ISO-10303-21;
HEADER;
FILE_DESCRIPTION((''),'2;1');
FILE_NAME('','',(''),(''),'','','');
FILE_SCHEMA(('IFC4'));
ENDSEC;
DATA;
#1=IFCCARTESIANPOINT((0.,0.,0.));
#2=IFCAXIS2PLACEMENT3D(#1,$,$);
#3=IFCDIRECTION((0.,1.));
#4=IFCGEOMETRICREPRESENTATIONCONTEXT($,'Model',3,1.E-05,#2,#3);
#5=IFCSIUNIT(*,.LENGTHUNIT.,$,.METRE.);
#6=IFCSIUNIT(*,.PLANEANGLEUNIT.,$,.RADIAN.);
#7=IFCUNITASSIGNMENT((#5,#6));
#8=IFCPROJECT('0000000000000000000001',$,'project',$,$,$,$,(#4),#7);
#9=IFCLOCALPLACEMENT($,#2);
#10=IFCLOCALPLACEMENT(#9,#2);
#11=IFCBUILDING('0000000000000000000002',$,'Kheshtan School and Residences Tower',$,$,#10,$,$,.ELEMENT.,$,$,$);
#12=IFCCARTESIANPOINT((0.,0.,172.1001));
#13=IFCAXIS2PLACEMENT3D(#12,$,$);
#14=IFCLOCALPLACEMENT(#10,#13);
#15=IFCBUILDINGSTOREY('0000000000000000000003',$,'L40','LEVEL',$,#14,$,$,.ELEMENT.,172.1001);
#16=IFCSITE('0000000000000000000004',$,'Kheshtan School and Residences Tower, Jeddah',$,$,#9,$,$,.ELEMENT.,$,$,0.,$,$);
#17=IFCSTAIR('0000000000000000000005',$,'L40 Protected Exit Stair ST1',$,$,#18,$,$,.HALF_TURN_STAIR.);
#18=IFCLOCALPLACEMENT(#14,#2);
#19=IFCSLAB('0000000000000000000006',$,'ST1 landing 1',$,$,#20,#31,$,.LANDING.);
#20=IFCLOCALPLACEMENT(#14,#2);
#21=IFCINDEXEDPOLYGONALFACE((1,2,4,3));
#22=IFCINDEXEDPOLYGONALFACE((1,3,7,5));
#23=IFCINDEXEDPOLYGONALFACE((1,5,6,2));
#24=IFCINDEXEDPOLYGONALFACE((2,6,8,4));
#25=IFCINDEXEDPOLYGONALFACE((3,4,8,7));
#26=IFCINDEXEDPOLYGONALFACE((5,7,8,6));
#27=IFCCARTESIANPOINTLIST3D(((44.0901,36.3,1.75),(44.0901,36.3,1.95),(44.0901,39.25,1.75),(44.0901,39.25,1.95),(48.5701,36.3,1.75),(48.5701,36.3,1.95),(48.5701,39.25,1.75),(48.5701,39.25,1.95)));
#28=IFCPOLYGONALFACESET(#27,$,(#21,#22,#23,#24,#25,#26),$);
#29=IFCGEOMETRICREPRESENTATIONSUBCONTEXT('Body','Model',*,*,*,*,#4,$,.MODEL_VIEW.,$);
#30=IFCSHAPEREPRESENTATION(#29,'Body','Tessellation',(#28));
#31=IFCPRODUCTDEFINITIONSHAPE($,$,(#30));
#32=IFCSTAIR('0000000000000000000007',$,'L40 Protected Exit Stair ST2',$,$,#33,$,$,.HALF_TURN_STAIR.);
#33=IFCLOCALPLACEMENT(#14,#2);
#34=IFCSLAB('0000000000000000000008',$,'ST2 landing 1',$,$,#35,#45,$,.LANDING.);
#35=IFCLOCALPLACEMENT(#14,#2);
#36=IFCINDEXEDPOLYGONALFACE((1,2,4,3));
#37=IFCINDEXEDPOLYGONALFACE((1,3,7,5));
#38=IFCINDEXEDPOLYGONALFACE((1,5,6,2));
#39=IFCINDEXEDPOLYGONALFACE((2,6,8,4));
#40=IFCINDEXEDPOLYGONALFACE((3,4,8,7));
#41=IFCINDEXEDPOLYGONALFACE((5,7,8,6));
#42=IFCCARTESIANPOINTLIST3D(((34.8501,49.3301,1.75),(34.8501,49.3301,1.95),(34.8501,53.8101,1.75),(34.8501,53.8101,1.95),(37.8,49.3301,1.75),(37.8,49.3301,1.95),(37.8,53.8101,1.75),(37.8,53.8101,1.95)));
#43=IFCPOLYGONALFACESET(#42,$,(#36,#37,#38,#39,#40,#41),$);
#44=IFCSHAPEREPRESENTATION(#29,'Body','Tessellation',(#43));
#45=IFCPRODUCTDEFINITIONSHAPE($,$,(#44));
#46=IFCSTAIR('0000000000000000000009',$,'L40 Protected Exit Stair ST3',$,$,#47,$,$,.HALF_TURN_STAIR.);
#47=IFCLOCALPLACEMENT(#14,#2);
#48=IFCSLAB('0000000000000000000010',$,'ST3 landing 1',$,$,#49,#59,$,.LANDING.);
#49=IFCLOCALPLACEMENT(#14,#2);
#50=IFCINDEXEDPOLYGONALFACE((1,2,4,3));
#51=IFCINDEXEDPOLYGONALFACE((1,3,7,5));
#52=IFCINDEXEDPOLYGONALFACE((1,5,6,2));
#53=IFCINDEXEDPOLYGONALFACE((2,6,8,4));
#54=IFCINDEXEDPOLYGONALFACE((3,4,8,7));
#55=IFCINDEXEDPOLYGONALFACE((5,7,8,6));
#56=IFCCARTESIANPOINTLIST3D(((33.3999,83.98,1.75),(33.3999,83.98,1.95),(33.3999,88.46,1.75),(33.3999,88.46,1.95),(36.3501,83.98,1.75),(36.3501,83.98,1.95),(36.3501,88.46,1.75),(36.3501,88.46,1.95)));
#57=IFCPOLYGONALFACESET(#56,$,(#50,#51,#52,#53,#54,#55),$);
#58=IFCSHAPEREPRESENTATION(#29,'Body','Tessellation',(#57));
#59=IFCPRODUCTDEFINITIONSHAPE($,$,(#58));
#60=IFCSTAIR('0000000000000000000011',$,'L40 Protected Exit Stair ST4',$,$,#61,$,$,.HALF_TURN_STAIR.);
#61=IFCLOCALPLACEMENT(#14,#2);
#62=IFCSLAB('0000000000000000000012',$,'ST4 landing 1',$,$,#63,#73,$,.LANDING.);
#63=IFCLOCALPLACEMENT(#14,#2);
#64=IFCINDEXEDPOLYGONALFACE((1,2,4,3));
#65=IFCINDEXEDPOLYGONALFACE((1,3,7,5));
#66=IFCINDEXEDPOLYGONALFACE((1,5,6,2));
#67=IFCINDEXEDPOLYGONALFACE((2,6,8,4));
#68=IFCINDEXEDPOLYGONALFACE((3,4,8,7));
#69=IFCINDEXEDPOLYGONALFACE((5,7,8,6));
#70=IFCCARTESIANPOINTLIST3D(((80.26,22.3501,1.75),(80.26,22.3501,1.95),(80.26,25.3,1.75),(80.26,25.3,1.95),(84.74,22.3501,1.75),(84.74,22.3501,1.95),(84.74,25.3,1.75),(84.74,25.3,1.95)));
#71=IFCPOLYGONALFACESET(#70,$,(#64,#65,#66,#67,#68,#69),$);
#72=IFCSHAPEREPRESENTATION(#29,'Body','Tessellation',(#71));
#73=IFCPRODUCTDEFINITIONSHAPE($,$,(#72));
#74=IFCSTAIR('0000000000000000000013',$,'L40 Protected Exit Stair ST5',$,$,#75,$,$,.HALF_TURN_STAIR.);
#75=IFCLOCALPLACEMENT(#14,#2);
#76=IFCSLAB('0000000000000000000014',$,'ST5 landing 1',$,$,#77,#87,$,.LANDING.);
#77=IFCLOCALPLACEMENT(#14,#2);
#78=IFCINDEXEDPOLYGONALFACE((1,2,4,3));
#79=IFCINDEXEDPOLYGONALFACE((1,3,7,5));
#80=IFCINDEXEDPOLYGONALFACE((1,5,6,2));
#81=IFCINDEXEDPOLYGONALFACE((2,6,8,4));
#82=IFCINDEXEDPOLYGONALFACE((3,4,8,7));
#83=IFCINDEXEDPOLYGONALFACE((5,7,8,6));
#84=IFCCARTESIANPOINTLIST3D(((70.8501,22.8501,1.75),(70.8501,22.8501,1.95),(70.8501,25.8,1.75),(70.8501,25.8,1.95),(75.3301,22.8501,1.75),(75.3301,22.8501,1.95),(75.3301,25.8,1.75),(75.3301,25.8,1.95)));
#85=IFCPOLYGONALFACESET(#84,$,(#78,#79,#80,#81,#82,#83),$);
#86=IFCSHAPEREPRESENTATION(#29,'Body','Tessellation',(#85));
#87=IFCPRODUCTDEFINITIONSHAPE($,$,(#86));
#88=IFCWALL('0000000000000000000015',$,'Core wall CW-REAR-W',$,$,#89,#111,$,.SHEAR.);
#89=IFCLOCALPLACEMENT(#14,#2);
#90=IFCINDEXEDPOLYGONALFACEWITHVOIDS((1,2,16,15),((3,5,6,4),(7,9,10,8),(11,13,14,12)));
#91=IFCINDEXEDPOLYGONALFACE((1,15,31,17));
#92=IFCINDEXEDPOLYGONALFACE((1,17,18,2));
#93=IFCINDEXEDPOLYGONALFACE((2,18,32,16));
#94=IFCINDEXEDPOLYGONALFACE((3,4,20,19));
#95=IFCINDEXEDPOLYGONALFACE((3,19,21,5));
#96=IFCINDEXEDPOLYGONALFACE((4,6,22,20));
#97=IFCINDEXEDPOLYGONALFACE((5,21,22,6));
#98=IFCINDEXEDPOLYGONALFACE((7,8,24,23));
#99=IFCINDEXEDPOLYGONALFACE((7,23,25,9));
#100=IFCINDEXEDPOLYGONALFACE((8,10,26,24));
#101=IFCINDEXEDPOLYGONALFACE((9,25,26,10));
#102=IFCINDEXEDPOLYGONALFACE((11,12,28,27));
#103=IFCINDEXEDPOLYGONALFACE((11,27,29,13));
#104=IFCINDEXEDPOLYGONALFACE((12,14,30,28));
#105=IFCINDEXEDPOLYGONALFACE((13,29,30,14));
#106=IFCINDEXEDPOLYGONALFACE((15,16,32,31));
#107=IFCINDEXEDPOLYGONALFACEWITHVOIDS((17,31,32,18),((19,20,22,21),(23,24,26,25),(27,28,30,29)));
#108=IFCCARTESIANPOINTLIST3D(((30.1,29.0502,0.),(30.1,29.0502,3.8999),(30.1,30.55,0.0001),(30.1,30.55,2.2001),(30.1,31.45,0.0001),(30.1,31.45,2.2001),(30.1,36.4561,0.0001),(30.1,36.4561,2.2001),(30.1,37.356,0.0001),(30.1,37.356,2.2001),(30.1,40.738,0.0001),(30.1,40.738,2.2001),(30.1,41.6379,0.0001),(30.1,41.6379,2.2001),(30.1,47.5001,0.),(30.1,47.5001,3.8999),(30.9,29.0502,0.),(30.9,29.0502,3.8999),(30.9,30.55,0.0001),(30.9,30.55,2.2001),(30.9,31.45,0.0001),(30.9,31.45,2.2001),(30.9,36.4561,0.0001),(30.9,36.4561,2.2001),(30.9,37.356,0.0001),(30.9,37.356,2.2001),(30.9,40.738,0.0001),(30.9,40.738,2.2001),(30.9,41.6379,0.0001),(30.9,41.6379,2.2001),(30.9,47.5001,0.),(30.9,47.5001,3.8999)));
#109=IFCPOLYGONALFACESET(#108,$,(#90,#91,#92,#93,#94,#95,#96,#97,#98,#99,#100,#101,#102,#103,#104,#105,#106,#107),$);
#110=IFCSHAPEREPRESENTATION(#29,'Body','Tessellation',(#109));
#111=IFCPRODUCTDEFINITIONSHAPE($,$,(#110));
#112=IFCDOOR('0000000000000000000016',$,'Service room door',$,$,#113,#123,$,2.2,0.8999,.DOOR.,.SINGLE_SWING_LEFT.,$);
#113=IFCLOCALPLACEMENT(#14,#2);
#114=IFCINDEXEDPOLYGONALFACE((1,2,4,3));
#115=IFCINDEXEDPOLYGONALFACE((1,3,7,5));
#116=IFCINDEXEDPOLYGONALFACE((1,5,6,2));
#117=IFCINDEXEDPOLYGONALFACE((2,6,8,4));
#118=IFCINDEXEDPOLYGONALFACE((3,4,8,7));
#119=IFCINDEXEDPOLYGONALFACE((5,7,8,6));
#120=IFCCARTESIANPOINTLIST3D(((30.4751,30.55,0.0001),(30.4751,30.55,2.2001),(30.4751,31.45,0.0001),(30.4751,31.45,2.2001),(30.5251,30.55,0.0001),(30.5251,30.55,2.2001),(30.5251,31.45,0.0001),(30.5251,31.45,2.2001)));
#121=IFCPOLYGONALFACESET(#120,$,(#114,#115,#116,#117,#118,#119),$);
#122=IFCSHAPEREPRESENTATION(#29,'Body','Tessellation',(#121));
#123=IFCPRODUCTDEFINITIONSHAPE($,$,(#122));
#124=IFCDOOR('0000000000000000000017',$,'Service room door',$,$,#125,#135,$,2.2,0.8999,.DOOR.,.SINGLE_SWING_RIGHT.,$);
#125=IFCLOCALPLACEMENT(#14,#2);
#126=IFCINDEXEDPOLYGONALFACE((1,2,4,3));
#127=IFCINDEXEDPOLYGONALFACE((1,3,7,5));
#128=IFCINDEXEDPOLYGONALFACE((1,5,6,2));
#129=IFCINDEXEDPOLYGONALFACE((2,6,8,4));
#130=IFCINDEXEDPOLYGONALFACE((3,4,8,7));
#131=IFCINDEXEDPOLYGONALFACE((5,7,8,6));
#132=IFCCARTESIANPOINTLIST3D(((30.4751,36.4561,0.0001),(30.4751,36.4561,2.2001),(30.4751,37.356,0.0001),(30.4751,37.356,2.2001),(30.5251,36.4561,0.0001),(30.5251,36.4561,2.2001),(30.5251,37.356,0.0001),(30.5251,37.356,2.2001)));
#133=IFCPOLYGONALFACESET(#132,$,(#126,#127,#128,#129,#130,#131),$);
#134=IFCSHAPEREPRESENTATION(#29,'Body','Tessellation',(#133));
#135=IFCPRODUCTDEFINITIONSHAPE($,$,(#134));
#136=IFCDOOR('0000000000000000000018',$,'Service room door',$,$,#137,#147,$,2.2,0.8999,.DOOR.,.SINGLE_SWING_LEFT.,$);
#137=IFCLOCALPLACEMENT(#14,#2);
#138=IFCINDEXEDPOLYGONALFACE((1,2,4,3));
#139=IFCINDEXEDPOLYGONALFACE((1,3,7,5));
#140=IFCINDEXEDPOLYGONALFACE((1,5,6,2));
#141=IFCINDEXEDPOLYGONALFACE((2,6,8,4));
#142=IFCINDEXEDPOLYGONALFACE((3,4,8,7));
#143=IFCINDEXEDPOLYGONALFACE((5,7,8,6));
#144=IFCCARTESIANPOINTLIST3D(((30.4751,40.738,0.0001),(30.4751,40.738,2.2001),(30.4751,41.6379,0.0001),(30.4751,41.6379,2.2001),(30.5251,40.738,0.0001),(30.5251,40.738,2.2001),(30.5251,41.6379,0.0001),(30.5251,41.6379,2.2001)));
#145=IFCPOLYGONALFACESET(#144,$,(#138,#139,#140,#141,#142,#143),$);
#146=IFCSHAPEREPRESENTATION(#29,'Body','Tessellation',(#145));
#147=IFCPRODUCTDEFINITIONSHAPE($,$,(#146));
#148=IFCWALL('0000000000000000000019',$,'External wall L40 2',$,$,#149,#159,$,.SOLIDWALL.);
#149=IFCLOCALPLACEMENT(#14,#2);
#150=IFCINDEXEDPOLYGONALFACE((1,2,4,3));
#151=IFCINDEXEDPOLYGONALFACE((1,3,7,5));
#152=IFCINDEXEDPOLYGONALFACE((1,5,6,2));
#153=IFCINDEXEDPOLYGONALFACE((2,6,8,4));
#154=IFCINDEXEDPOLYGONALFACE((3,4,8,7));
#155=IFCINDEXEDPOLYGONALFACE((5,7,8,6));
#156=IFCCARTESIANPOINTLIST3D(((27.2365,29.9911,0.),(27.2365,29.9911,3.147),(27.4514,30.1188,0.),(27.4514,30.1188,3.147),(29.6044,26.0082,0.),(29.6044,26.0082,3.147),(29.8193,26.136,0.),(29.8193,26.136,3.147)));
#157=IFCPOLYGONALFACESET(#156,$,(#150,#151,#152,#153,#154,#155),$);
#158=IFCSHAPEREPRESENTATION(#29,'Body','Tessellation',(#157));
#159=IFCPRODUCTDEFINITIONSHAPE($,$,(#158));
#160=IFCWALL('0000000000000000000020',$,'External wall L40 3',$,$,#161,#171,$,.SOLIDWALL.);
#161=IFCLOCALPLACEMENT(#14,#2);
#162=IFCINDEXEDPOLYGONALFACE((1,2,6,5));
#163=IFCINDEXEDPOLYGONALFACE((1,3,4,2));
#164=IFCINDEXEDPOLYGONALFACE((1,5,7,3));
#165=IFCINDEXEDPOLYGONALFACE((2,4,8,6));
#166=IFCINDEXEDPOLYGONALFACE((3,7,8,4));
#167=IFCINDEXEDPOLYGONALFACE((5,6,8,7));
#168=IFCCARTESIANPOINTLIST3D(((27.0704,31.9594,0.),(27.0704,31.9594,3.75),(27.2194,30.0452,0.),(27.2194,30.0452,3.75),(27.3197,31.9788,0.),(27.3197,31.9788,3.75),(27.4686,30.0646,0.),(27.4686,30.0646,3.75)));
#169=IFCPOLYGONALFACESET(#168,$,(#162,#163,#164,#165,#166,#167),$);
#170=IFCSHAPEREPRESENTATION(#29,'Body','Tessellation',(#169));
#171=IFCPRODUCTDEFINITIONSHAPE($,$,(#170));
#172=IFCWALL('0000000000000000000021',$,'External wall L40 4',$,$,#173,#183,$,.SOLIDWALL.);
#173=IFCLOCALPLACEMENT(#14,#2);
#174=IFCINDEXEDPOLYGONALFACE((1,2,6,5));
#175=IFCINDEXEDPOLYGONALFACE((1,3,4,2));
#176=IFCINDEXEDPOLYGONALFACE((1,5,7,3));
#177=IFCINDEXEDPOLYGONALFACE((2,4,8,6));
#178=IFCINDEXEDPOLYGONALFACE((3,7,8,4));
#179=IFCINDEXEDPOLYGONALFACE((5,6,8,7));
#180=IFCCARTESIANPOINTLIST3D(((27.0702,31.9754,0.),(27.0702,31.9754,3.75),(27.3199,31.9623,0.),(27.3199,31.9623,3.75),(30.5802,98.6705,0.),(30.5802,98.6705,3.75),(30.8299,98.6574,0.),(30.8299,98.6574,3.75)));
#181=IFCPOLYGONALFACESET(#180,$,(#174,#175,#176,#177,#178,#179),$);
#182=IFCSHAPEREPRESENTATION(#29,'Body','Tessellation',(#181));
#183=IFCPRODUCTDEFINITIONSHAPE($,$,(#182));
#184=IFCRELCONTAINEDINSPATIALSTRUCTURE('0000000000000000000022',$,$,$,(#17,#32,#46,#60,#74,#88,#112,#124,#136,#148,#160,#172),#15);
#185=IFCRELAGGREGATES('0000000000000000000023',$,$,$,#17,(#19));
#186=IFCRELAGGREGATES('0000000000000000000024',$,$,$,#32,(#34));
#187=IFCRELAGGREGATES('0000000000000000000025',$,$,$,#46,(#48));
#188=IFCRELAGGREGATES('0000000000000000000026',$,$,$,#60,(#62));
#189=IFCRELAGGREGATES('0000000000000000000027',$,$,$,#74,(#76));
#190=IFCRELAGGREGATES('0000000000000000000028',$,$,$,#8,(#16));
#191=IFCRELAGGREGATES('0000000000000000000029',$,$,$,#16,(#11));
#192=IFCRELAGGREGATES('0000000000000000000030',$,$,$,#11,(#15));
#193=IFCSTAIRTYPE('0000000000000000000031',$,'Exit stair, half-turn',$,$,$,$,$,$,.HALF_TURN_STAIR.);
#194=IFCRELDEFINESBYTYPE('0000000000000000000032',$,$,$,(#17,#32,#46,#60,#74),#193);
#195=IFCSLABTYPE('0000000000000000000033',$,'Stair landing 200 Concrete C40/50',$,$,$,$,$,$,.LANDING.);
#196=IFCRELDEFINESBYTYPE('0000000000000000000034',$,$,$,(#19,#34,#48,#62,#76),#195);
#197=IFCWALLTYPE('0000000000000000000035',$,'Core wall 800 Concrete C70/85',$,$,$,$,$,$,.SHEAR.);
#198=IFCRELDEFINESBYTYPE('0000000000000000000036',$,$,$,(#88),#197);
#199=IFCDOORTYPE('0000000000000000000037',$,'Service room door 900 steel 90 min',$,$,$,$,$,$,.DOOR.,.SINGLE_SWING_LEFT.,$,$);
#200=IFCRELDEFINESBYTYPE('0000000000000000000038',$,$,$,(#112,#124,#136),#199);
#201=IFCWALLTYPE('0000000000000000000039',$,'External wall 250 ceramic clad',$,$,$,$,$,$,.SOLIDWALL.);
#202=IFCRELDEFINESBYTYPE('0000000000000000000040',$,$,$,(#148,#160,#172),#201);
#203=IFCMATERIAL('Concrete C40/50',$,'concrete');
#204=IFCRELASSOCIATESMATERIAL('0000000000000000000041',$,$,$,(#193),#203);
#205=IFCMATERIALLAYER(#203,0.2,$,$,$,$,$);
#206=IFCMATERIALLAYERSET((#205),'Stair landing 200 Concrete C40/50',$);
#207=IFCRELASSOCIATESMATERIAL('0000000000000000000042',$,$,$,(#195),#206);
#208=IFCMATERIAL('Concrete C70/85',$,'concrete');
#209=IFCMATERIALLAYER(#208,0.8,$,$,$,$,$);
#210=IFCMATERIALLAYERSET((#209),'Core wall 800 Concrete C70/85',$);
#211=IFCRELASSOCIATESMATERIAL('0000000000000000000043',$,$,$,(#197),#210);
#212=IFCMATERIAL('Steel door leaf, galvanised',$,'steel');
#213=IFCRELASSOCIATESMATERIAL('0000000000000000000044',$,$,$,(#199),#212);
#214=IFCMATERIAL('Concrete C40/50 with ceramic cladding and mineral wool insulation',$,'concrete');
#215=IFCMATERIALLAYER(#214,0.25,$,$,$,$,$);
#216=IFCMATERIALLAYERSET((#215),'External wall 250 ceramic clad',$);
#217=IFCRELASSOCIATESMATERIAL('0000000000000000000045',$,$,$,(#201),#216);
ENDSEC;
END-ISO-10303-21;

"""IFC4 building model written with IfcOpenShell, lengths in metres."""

from ifc_helpers import new_model, si_unit, direction, frame, frame_2d, origin, place, context, subcontext, project, spatial, polyline, rectangle, outline, extrude, source, transform, mapped, material, layer, layer_set, type_object, element, fill, aggregate, save


model = new_model("IFC4")

# Units and contexts
model_context = context("Model", 3, precision=1e-05, world=origin(), true_north=direction((0.0, 1.0)))
body_context = subcontext(model_context, "Body", "Model", "MODEL_VIEW")
ifc_project = project(units=[si_unit("LENGTHUNIT", "METRE"), si_unit("PLANEANGLEUNIT", "RADIAN")], contexts=[model_context])

# Site, building, storey
site_placement = place(None, origin())
site = spatial("IfcSite", under=ifc_project, at=site_placement, Name="Kheshtan School and Residences Tower, Jeddah", CompositionType="ELEMENT", RefElevation=0.0)
building_placement = place(site_placement, origin())
building = spatial("IfcBuilding", under=site, at=building_placement, Name="Kheshtan School and Residences Tower", CompositionType="ELEMENT")
storey_placement = place(building_placement, frame((0.0, 0.0, 172.1001)))
storey = spatial("IfcBuildingStorey", under=building, at=storey_placement, Name="L40", Description="LEVEL", CompositionType="ELEMENT", Elevation=172.1001)

# Shared definitions
ifc_material_1 = material(Name="Concrete C40/50", Category="concrete")

# Stairs, slabs
stair_type = type_object("IfcStairType", Name="Exit stair, half-turn", PredefinedType="HALF_TURN_STAIR", material=ifc_material_1)
stair_1_placement = place(storey_placement, origin())
stair_1 = element("IfcStair", 1, at=stair_1_placement, inside=storey, type_object=stair_type, Name="L40 Protected Exit Stair ST1", PredefinedType="HALF_TURN_STAIR")
ifc_layer_1 = layer(ifc_material_1, 0.2)
ifc_layer_set_1 = layer_set([ifc_layer_1], Name="Stair landing 200 Concrete C40/50")
slab_type_1 = type_object("IfcSlabType", Name="Stair landing 200 Concrete C40/50", PredefinedType="LANDING", material=ifc_layer_set_1)
slab_1_placement = place(storey_placement, frame((0.0, 0.0, 1.75)))
slab_1 = element("IfcSlab", 2, at=slab_1_placement, type_object=slab_type_1, Name="ST1 landing 1", PredefinedType="LANDING", context=body_context, shape_type="SweptSolid", body=[
    extrude(outline(polyline([(48.5701, 39.25), (44.0901, 39.25), (44.0901, 36.3), (48.5701, 36.3), (48.5701, 39.25)])), origin(), (0.0, 0.0, 1.0), 0.2),
])
aggregate(stair_1, [slab_1])
stair_2_placement = place(storey_placement, origin())
stair_2 = element("IfcStair", 3, at=stair_2_placement, inside=storey, type_object=stair_type, Name="L40 Protected Exit Stair ST2", PredefinedType="HALF_TURN_STAIR")
slab_2_placement = place(storey_placement, frame((0.0, 0.0, 1.75)))
slab_2 = element("IfcSlab", 4, at=slab_2_placement, type_object=slab_type_1, Name="ST2 landing 1", PredefinedType="LANDING", context=body_context, shape_type="SweptSolid", body=[
    extrude(outline(polyline([(37.8, 49.3301), (37.8, 53.8101), (34.8501, 53.8101), (34.8501, 49.3301), (37.8, 49.3301)])), origin(), (0.0, 0.0, 1.0), 0.2),
])
aggregate(stair_2, [slab_2])
stair_3_placement = place(storey_placement, origin())
stair_3 = element("IfcStair", 5, at=stair_3_placement, inside=storey, type_object=stair_type, Name="L40 Protected Exit Stair ST3", PredefinedType="HALF_TURN_STAIR")
slab_3_placement = place(storey_placement, frame((0.0, 0.0, 1.75)))
slab_3 = element("IfcSlab", 6, at=slab_3_placement, type_object=slab_type_1, Name="ST3 landing 1", PredefinedType="LANDING", context=body_context, shape_type="SweptSolid", body=[
    extrude(outline(polyline([(36.3501, 83.98), (36.3501, 88.46), (33.3999, 88.46), (33.3999, 83.98), (36.3501, 83.98)])), origin(), (0.0, 0.0, 1.0), 0.2),
])
aggregate(stair_3, [slab_3])
stair_4_placement = place(storey_placement, origin())
stair_4 = element("IfcStair", 7, at=stair_4_placement, inside=storey, type_object=stair_type, Name="L40 Protected Exit Stair ST4", PredefinedType="HALF_TURN_STAIR")
slab_4_placement = place(storey_placement, frame((0.0, 0.0, 1.75)))
slab_4 = element("IfcSlab", 8, at=slab_4_placement, type_object=slab_type_1, Name="ST4 landing 1", PredefinedType="LANDING", context=body_context, shape_type="SweptSolid", body=[
    extrude(outline(polyline([(84.74, 25.3), (80.26, 25.3), (80.26, 22.3501), (84.74, 22.3501), (84.74, 25.3)])), origin(), (0.0, 0.0, 1.0), 0.2),
])
aggregate(stair_4, [slab_4])
stair_5_placement = place(storey_placement, origin())
stair_5 = element("IfcStair", 9, at=stair_5_placement, inside=storey, type_object=stair_type, Name="L40 Protected Exit Stair ST5", PredefinedType="HALF_TURN_STAIR")
slab_5_placement = place(storey_placement, frame((0.0, 0.0, 1.75)))
slab_5 = element("IfcSlab", 10, at=slab_5_placement, type_object=slab_type_1, Name="ST5 landing 1", PredefinedType="LANDING", context=body_context, shape_type="SweptSolid", body=[
    extrude(outline(polyline([(75.3301, 25.8), (70.8501, 25.8), (70.8501, 22.8501), (75.3301, 22.8501), (75.3301, 25.8)])), origin(), (0.0, 0.0, 1.0), 0.2),
])
aggregate(stair_5, [slab_5])

# Wall, openings, doors
ifc_material_2 = material(Name="Concrete C70/85", Category="concrete")
ifc_layer_2 = layer(ifc_material_2, 0.8)
ifc_layer_set_2 = layer_set([ifc_layer_2], Name="Core wall 800 Concrete C70/85")
wall_type_1 = type_object("IfcWallType", Name="Core wall 800 Concrete C70/85", PredefinedType="SHEAR", material=ifc_layer_set_2)
wall_1_placement = place(storey_placement, frame((30.5, 29.05, 0.0), z_axis=(0.0, 0.0, 1.0), x_axis=(0.0, 1.0, 0.0)))
wall_1 = element("IfcWall", 11, at=wall_1_placement, inside=storey, type_object=wall_type_1, Name="Core wall CW-REAR-W", PredefinedType="SHEAR", context=body_context, shape_type="SweptSolid", body=[
    extrude(rectangle(XDim=18.45, YDim=0.8, at=frame_2d((9.2251, 0.0))), origin(), (0.0, 0.0, 1.0), 3.8999),
])
opening_1_placement = place(wall_1_placement, frame((1.5, 0.0, 0.0)))
opening_1 = element("IfcOpeningElement", 12, at=opening_1_placement, cuts=wall_1, PredefinedType="OPENING", context=body_context, shape_type="SweptSolid", body=[
    extrude(rectangle(XDim=0.8999, YDim=2.2, at=frame_2d((0.45, 1.1001))), frame((0.0, 0.4102, 0.0), z_axis=(0.0, -1.0, 0.0), x_axis=(1.0, 0.0, 0.0)), (0.0, 0.0, 1.0), 0.8201),
])
opening_2_placement = place(wall_1_placement, frame((7.406, 0.0, 0.0)))
opening_2 = element("IfcOpeningElement", 13, at=opening_2_placement, cuts=wall_1, PredefinedType="OPENING", context=body_context, shape_type="SweptSolid", body=[
    extrude(rectangle(XDim=0.8999, YDim=2.2, at=frame_2d((0.45, 1.1001))), frame((0.0, 0.4102, 0.0), z_axis=(0.0, -1.0, 0.0), x_axis=(1.0, 0.0, 0.0)), (0.0, 0.0, 1.0), 0.8201),
])
opening_3_placement = place(wall_1_placement, frame((11.688, 0.0, 0.0)))
opening_3 = element("IfcOpeningElement", 14, at=opening_3_placement, cuts=wall_1, PredefinedType="OPENING", context=body_context, shape_type="SweptSolid", body=[
    extrude(rectangle(XDim=0.8999, YDim=2.2, at=frame_2d((0.45, 1.1001))), frame((0.0, 0.4102, 0.0), z_axis=(0.0, -1.0, 0.0), x_axis=(1.0, 0.0, 0.0)), (0.0, 0.0, 1.0), 0.8201),
])
ifc_material_3 = material(Name="Steel door leaf, galvanised", Category="steel")
door_type = type_object("IfcDoorType", Name="Service room door 900 steel 90 min", OperationType="SINGLE_SWING_LEFT", PredefinedType="DOOR", material=ifc_material_3)
shared_shape = source(origin(), body_context, "Body", "SweptSolid", [
    extrude(rectangle(XDim=0.8999, YDim=2.2, at=frame_2d((0.45, 1.1001))), frame((0.0, 0.0249, 0.0), z_axis=(0.0, -1.0, 0.0), x_axis=(1.0, 0.0, 0.0)), (0.0, 0.0, 1.0), 0.05),
])
door_1_placement = place(opening_1_placement, origin())
door_1 = element("IfcDoor", 15, at=door_1_placement, inside=storey, type_object=door_type, Name="Service room door", OperationType="SINGLE_SWING_LEFT", OverallHeight=2.2, OverallWidth=0.8999, PredefinedType="DOOR", context=body_context, shape_type="MappedRepresentation", body=[
    mapped(shared_shape, transform((0.0, 0.0, 0.0), x_axis=(1.0, 0.0, 0.0), y_axis=(0.0, 1.0, 0.0), z_axis=(0.0, 0.0, 1.0), scale=1.0)),
])
fill(opening_1, door_1)
door_2_placement = place(opening_2_placement, origin())
door_2 = element("IfcDoor", 16, at=door_2_placement, inside=storey, type_object=door_type, Name="Service room door", OperationType="SINGLE_SWING_RIGHT", OverallHeight=2.2, OverallWidth=0.8999, PredefinedType="DOOR", context=body_context, shape_type="MappedRepresentation", body=[
    mapped(shared_shape, transform((0.0, 0.0, 0.0), x_axis=(1.0, 0.0, 0.0), y_axis=(0.0, 1.0, 0.0), z_axis=(0.0, 0.0, 1.0), scale=1.0)),
])
fill(opening_2, door_2)
door_3_placement = place(opening_3_placement, origin())
door_3 = element("IfcDoor", 17, at=door_3_placement, inside=storey, type_object=door_type, Name="Service room door", OperationType="SINGLE_SWING_LEFT", OverallHeight=2.2, OverallWidth=0.8999, PredefinedType="DOOR", context=body_context, shape_type="MappedRepresentation", body=[
    mapped(shared_shape, transform((0.0, 0.0, 0.0), x_axis=(1.0, 0.0, 0.0), y_axis=(0.0, 1.0, 0.0), z_axis=(0.0, 0.0, 1.0), scale=1.0)),
])
fill(opening_3, door_3)

# Walls
ifc_material_4 = material(Name="Concrete C40/50 with ceramic cladding and mineral wool insulation", Category="concrete")
ifc_layer_3 = layer(ifc_material_4, 0.25)
ifc_layer_set_3 = layer_set([ifc_layer_3], Name="External wall 250 ceramic clad")
wall_type_2 = type_object("IfcWallType", Name="External wall 250 ceramic clad", PredefinedType="SOLIDWALL", material=ifc_layer_set_3)
wall_2_placement = place(storey_placement, frame((29.7119, 26.072, 0.0), z_axis=(0.0, 0.0, 1.0), x_axis=(-0.511028, 0.859564, 0.0)))
element("IfcWall", 18, at=wall_2_placement, inside=storey, type_object=wall_type_2, Name="External wall L40 2", PredefinedType="SOLIDWALL", context=body_context, shape_type="SweptSolid", body=[
    extrude(rectangle(XDim=4.6335, YDim=0.25, at=frame_2d((2.3169, 0.0))), origin(), (0.0, 0.0, 1.0), 3.147),
])
wall_3_placement = place(storey_placement, frame((27.344, 30.0549, 0.0), z_axis=(0.0, 0.0, 1.0), x_axis=(-0.077572, 0.996987, 0.0)))
element("IfcWall", 19, at=wall_3_placement, inside=storey, type_object=wall_type_2, Name="External wall L40 3", PredefinedType="SOLIDWALL", context=body_context, shape_type="SweptSolid", body=[
    extrude(rectangle(XDim=1.9199, YDim=0.25, at=frame_2d((0.96, 0.0))), origin(), (0.0, 0.0, 1.0), 3.75),
])
wall_4_placement = place(storey_placement, frame((27.1951, 31.969, 0.0), z_axis=(0.0, 0.0, 1.0), x_axis=(0.052555, 0.998618, 0.0)))
element("IfcWall", 20, at=wall_4_placement, inside=storey, type_object=wall_type_2, Name="External wall L40 4", PredefinedType="SOLIDWALL", context=body_context, shape_type="SweptSolid", body=[
    extrude(rectangle(XDim=66.7874, YDim=0.25, at=frame_2d((33.3936, 0.0))), origin(), (0.0, 0.0, 1.0), 3.75),
])

save(model, "model.ifc")
